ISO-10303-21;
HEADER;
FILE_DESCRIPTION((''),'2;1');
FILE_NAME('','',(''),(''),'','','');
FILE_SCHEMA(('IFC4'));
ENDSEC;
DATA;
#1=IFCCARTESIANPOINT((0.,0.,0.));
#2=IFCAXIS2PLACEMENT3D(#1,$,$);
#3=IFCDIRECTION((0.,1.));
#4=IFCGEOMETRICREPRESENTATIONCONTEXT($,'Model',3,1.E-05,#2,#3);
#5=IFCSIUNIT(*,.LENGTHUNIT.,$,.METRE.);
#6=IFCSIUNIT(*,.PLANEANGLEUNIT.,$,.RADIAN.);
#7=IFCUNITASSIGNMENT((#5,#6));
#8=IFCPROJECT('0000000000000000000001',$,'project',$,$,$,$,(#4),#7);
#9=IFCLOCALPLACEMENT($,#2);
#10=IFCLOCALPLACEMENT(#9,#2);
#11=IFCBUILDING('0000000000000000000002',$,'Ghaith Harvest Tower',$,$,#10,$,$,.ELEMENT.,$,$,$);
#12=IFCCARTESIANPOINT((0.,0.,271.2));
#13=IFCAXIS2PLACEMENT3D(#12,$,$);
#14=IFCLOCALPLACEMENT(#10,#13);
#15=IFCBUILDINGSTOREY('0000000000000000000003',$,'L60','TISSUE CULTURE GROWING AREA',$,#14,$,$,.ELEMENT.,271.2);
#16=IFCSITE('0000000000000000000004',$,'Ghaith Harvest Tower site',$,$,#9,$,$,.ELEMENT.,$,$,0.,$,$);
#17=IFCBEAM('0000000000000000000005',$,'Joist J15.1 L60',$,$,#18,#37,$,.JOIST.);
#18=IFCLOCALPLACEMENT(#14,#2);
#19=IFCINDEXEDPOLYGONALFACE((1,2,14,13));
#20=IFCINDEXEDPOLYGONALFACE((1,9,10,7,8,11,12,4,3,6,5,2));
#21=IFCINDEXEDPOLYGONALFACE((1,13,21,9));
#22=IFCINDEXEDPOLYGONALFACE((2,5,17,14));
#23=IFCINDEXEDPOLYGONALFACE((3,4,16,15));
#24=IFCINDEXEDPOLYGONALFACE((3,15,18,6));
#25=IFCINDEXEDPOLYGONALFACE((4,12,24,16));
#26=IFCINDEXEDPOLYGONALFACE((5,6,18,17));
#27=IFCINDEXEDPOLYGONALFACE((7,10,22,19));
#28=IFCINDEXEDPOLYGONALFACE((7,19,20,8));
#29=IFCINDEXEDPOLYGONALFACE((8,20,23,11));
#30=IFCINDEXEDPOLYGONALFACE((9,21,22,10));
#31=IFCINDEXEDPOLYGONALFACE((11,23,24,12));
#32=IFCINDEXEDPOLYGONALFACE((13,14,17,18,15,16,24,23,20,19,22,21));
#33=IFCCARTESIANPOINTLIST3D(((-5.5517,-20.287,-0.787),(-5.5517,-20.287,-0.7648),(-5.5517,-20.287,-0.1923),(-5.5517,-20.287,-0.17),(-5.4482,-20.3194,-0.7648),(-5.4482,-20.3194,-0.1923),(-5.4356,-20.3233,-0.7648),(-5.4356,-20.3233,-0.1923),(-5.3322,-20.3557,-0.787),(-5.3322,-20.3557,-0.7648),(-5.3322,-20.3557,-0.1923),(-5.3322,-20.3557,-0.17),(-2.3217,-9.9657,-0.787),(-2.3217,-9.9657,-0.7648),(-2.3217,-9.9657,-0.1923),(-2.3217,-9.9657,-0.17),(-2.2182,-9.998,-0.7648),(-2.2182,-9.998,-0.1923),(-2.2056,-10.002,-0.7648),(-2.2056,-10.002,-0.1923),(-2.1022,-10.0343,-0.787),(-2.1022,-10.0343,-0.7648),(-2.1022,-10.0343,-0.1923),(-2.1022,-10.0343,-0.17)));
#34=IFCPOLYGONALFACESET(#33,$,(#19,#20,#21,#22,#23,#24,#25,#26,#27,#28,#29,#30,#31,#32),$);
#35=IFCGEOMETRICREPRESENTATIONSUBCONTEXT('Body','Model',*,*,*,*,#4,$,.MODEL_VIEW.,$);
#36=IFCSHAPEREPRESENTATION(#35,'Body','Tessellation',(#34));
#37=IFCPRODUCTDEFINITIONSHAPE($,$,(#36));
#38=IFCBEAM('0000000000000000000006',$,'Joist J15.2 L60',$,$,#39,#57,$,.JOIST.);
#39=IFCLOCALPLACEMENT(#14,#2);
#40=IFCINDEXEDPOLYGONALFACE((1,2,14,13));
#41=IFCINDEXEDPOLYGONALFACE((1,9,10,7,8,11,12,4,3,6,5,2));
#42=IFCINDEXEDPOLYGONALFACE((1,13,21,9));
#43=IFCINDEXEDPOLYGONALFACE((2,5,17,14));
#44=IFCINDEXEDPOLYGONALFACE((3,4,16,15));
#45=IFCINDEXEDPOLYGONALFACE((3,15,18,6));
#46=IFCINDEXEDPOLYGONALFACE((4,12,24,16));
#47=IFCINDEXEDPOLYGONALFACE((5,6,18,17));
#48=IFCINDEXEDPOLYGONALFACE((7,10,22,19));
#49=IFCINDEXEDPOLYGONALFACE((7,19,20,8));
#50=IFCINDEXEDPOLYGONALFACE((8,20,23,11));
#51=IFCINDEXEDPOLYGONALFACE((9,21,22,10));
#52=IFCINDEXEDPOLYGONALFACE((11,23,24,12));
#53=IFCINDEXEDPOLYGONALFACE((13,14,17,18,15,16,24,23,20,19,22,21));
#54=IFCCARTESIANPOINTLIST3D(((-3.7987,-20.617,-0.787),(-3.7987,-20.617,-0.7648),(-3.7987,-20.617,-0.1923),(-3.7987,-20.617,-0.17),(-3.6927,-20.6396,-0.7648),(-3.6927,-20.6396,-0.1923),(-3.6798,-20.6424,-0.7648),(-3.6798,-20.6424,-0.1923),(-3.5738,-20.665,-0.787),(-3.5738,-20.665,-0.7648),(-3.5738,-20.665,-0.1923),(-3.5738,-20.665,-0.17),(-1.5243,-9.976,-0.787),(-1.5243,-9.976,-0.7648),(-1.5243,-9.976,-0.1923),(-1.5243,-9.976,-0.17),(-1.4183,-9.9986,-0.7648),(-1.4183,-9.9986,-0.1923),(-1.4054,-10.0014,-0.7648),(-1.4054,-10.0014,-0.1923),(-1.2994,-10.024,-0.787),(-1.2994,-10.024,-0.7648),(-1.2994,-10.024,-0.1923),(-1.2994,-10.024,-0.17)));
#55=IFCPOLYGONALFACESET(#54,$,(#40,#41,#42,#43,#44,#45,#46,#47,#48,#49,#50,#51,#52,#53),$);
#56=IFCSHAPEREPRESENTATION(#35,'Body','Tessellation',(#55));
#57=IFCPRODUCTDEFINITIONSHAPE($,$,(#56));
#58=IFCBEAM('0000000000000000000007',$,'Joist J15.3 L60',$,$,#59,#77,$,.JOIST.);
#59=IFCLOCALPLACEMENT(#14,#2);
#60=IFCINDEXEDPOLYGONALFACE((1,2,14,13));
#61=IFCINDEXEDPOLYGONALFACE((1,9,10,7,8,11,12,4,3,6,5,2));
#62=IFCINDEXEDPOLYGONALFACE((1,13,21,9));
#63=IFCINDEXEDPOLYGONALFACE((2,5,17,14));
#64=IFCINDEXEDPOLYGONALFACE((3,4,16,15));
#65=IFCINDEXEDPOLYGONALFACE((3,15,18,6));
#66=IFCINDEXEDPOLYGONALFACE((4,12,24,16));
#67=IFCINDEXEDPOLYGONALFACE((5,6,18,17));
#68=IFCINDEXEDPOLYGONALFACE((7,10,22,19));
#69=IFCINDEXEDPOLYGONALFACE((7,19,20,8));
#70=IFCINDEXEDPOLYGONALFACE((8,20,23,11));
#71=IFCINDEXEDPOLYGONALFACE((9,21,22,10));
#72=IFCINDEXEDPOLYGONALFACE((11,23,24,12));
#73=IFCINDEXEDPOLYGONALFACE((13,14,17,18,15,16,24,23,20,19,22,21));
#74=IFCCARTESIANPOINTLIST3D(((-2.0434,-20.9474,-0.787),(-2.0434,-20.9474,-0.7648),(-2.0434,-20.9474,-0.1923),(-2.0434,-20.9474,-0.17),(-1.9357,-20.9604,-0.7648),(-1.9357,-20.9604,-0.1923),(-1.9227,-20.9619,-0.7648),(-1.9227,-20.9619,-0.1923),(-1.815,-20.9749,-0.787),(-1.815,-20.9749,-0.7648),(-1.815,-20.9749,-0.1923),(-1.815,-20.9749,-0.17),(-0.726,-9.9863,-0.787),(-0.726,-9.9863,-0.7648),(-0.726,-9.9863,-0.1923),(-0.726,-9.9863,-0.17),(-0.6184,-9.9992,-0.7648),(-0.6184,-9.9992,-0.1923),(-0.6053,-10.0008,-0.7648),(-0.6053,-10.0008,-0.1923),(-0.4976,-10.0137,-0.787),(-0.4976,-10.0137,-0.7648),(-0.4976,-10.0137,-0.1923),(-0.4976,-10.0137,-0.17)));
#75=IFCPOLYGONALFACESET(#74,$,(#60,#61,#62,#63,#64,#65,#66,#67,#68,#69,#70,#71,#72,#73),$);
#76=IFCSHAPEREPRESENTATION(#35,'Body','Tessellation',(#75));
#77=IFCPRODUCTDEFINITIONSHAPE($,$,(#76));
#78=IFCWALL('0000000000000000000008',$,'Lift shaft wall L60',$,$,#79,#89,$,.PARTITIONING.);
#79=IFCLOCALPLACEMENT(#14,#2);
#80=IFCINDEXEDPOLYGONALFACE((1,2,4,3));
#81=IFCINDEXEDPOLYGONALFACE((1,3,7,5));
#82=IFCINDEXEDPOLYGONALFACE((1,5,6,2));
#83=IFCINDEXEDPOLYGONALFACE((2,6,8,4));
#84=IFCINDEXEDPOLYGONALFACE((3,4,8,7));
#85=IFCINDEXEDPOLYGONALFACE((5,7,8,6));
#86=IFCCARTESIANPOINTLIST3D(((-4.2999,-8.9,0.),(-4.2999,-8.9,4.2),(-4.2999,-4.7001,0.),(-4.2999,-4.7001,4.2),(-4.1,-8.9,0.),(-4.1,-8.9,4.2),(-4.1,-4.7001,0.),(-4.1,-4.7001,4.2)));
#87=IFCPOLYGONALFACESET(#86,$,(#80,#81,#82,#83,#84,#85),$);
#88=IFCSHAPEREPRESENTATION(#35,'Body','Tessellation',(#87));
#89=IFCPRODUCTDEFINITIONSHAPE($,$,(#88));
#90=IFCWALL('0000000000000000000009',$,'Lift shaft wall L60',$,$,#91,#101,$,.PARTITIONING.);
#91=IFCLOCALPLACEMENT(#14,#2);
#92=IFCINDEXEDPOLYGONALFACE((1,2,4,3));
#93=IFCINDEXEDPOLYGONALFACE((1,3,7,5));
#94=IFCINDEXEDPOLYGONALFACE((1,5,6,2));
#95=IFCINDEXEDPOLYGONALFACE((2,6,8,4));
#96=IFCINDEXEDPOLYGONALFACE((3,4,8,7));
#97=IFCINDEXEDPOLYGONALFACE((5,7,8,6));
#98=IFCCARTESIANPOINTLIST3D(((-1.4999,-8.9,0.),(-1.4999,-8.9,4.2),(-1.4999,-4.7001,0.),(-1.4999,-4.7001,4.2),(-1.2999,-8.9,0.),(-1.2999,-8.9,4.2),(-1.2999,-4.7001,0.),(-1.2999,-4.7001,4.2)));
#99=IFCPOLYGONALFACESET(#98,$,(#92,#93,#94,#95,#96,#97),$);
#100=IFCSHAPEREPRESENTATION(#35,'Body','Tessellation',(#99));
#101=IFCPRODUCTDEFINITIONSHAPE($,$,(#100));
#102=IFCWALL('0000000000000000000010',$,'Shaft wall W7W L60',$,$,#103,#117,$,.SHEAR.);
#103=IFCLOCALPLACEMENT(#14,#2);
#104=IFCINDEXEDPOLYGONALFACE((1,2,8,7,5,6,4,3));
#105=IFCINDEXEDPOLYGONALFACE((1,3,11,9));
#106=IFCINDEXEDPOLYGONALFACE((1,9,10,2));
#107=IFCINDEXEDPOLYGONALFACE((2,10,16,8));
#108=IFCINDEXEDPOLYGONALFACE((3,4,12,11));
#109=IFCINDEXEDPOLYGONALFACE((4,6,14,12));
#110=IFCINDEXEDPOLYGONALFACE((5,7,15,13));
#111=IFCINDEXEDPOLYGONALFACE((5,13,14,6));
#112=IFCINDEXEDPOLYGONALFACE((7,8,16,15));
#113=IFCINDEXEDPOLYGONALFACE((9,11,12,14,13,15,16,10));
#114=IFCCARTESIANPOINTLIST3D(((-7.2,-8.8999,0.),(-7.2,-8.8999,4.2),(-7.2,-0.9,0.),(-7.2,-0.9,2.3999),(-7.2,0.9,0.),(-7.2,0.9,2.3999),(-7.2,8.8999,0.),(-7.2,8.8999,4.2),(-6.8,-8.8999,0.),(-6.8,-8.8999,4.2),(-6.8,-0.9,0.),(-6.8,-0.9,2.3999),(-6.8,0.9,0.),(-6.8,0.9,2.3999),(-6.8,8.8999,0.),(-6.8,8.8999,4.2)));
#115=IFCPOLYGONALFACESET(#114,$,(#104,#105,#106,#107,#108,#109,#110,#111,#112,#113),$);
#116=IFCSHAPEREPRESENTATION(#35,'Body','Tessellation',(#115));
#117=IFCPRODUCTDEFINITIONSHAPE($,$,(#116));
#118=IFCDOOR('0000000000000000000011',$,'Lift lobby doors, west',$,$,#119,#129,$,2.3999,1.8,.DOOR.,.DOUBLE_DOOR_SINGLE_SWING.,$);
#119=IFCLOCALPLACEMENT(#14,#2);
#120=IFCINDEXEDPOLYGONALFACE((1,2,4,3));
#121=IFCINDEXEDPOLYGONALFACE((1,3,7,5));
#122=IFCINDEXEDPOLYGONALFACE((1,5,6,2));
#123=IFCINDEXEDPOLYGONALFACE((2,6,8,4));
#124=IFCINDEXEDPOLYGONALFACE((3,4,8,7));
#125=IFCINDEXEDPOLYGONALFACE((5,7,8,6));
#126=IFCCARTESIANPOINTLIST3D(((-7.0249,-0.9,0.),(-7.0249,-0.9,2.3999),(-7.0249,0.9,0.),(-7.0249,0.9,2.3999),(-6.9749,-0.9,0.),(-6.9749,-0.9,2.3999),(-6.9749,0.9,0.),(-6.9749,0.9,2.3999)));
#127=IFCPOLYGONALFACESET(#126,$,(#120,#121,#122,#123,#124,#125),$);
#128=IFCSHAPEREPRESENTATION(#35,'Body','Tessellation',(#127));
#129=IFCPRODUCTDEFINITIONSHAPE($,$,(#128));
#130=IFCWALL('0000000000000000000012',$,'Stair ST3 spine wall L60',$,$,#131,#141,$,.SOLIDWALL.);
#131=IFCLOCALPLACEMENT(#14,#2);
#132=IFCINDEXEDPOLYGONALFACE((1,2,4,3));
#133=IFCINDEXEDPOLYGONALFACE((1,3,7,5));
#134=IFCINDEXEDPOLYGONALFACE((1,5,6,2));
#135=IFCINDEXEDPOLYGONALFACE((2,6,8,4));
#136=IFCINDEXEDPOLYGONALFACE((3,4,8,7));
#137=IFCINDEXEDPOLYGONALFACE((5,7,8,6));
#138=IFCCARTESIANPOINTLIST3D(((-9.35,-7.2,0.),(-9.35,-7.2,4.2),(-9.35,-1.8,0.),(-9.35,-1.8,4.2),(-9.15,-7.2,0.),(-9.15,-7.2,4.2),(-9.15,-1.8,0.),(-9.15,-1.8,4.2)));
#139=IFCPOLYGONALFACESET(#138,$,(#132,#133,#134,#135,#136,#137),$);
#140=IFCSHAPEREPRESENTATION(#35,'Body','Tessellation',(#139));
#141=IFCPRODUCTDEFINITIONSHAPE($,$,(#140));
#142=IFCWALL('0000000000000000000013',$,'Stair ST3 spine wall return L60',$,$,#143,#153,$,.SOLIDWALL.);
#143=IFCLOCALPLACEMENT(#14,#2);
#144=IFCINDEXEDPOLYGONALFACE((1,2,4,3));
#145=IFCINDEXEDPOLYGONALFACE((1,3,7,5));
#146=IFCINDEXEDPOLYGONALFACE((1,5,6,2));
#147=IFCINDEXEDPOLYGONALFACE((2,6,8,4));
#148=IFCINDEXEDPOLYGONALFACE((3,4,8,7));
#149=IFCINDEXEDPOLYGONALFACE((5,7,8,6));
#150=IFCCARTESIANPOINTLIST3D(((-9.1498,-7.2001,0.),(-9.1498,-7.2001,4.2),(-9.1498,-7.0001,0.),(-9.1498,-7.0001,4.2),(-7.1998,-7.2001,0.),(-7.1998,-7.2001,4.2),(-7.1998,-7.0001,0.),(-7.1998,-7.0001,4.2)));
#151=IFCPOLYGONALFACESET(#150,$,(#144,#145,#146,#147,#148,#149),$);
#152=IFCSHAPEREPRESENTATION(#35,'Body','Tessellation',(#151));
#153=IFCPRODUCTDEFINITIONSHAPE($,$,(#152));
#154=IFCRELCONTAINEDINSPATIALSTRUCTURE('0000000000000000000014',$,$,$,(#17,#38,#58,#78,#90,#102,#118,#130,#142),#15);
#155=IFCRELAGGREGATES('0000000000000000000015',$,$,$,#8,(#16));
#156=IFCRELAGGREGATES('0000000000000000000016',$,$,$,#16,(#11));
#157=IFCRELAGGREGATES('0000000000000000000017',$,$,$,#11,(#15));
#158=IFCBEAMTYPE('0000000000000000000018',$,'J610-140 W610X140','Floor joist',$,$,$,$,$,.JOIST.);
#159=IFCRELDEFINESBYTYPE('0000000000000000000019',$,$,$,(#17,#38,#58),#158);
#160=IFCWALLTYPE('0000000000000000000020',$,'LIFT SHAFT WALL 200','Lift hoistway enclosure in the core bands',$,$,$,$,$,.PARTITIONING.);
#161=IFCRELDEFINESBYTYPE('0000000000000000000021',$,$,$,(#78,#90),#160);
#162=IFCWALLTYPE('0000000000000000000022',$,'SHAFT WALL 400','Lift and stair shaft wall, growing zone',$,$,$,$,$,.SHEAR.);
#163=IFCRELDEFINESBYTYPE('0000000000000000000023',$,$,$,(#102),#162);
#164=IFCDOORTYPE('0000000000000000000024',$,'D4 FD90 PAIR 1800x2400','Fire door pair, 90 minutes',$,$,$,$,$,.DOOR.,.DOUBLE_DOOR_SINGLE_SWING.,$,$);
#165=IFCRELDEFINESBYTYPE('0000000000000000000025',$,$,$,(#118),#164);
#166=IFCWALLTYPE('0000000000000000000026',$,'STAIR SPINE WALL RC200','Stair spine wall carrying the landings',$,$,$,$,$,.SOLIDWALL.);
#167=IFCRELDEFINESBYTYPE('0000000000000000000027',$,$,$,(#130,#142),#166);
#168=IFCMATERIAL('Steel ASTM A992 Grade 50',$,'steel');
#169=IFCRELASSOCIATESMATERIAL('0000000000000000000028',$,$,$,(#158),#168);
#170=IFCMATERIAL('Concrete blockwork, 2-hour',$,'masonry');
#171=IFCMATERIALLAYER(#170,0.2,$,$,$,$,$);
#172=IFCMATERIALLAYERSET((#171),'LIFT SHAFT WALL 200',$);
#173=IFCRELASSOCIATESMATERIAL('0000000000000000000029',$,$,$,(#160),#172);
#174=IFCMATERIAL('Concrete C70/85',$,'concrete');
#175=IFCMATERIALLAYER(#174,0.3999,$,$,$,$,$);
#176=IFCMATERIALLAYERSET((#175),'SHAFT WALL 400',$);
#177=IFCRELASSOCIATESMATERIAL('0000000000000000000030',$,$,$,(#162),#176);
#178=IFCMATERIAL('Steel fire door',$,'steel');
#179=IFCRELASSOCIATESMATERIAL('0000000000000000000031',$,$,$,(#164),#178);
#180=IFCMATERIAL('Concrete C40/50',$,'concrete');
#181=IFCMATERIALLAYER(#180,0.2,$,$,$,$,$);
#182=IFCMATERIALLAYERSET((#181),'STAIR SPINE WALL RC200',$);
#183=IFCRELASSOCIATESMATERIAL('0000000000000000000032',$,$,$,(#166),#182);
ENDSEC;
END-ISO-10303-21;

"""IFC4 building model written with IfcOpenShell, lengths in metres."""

from ifc_helpers import new_model, si_unit, direction, frame, frame_2d, origin, origin_2d, place, context, subcontext, project, spatial, rectangle, i_section, extrude, material, layer, layer_set, material_profile, profile_set, type_object, element, fill, save


model = new_model("IFC4")

# Units and contexts
model_context = context("Model", 3, precision=1e-05, world=origin(), true_north=direction((0.0, 1.0)))
body_context = subcontext(model_context, "Body", "Model", "MODEL_VIEW")
ifc_project = project(units=[si_unit("LENGTHUNIT", "METRE"), si_unit("PLANEANGLEUNIT", "RADIAN")], contexts=[model_context])

# Site, building, storey
site_placement = place(None, origin())
site = spatial("IfcSite", under=ifc_project, at=site_placement, Name="Ghaith Harvest Tower site", CompositionType="ELEMENT", RefElevation=0.0)
building_placement = place(site_placement, origin())
building = spatial("IfcBuilding", under=site, at=building_placement, Name="Ghaith Harvest Tower", CompositionType="ELEMENT")
storey_placement = place(building_placement, frame((0.0, 0.0, 271.2)))
storey = spatial("IfcBuildingStorey", under=building, at=storey_placement, Name="L60", Description="TISSUE CULTURE GROWING AREA", CompositionType="ELEMENT", Elevation=271.2)

# Beams
ifc_material_1 = material(Name="Steel ASTM A992 Grade 50", Category="steel")
ifc_material_profile = material_profile(ifc_material_1, i_section(OverallWidth=0.23, OverallDepth=0.6169, WebThickness=0.0132, FlangeThickness=0.0222, at=origin_2d()), Name="W610X140")
ifc_profile_set = profile_set([ifc_material_profile], Name="Steel ASTM A992 Grade 50")
beam_type = type_object("IfcBeamType", Name="J610-140 W610X140", Description="Floor joist", PredefinedType="JOIST", material=ifc_profile_set)
beam_1_placement = place(storey_placement, frame((-2.2119, -10.0, -0.4785), z_axis=(-0.298661, -0.954359, 0.0), x_axis=(0.954359, -0.298661, 0.0)))
element("IfcBeam", 1, at=beam_1_placement, inside=storey, type_object=beam_type, Name="Joist J15.1 L60", PredefinedType="JOIST", context=body_context, shape_type="SweptSolid", body=[
    extrude(i_section(OverallWidth=0.23, OverallDepth=0.6169, WebThickness=0.0132, FlangeThickness=0.0222, at=origin_2d()), origin(), (0.0, 0.0, 1.0), 10.8149),
])
beam_2_placement = place(storey_placement, frame((-1.4119, -10.0, -0.4785), z_axis=(-0.209017, -0.977912, 0.0), x_axis=(0.977912, -0.209017, 0.0)))
element("IfcBeam", 2, at=beam_2_placement, inside=storey, type_object=beam_type, Name="Joist J15.2 L60", PredefinedType="JOIST", context=body_context, shape_type="SweptSolid", body=[
    extrude(i_section(OverallWidth=0.23, OverallDepth=0.6169, WebThickness=0.0132, FlangeThickness=0.0222, at=origin_2d()), origin(), (0.0, 0.0, 1.0), 10.8813),
])
beam_3_placement = place(storey_placement, frame((-0.6118, -10.0, -0.4785), z_axis=(-0.119327, -0.992855, 0.0), x_axis=(0.992855, -0.119327, 0.0)))
element("IfcBeam", 3, at=beam_3_placement, inside=storey, type_object=beam_type, Name="Joist J15.3 L60", PredefinedType="JOIST", context=body_context, shape_type="SweptSolid", body=[
    extrude(i_section(OverallWidth=0.23, OverallDepth=0.6169, WebThickness=0.0132, FlangeThickness=0.0222, at=origin_2d()), origin(), (0.0, 0.0, 1.0), 11.04),
])

# Walls
ifc_material_2 = material(Name="Concrete blockwork, 2-hour", Category="masonry")
ifc_layer_1 = layer(ifc_material_2, 0.2)
ifc_layer_set_1 = layer_set([ifc_layer_1], Name="LIFT SHAFT WALL 200")
wall_type_1 = type_object("IfcWallType", Name="LIFT SHAFT WALL 200", Description="Lift hoistway enclosure in the core bands", PredefinedType="PARTITIONING", material=ifc_layer_set_1)
for number, where, z_axis, x_axis, name in (
    (4, (-4.2, -4.7, 0.0), (0.0, 0.0, 1.0), (0.0, -1.0, 0.0), "Lift shaft wall L60"),
    (5, (-1.3999, -4.7, 0.0), (0.0, 0.0, 1.0), (0.0, -1.0, 0.0), "Lift shaft wall L60"),
):
    element("IfcWall", number, at=place(storey_placement, frame(where, z_axis=z_axis, x_axis=x_axis)), inside=storey, type_object=wall_type_1, Name=name, PredefinedType="PARTITIONING", context=body_context, shape_type="SweptSolid", body=[
        extrude(rectangle(XDim=4.2, YDim=0.2, at=frame_2d((2.1001, 0.0))), origin(), (0.0, 0.0, 1.0), 4.2),
    ])

# Wall, opening, door
ifc_material_3 = material(Name="Concrete C70/85", Category="concrete")
ifc_layer_2 = layer(ifc_material_3, 0.3999)
ifc_layer_set_2 = layer_set([ifc_layer_2], Name="SHAFT WALL 400")
wall_type_2 = type_object("IfcWallType", Name="SHAFT WALL 400", Description="Lift and stair shaft wall, growing zone", PredefinedType="SHEAR", material=ifc_layer_set_2)
wall_1_placement = place(storey_placement, frame((-7.0, -8.8999, 0.0), z_axis=(0.0, 0.0, 1.0), x_axis=(0.0, 1.0, 0.0)))
wall_1 = element("IfcWall", 6, at=wall_1_placement, inside=storey, type_object=wall_type_2, Name="Shaft wall W7W L60", PredefinedType="SHEAR", context=body_context, shape_type="SweptSolid", body=[
    extrude(rectangle(XDim=17.7998, YDim=0.3999, at=frame_2d((8.8999, 0.0))), origin(), (0.0, 0.0, 1.0), 4.2),
])
opening_1_placement = place(wall_1_placement, frame((8.0, 0.0, 0.0)))
opening_1 = element("IfcOpeningElement", 7, at=opening_1_placement, cuts=wall_1, PredefinedType="OPENING", context=body_context, shape_type="SweptSolid", body=[
    extrude(rectangle(XDim=1.8, YDim=2.3999, at=frame_2d((0.8999, 1.2))), frame((0.0, 0.21, 0.0), z_axis=(0.0, -1.0, 0.0), x_axis=(1.0, 0.0, 0.0)), (0.0, 0.0, 1.0), 0.4199),
])
ifc_material_4 = material(Name="Steel fire door", Category="steel")
door_type_1 = type_object("IfcDoorType", Name="D4 FD90 PAIR 1800x2400", Description="Fire door pair, 90 minutes", OperationType="DOUBLE_DOOR_SINGLE_SWING", PredefinedType="DOOR", material=ifc_material_4)
door_1_placement = place(opening_1_placement, origin())
door_1 = element("IfcDoor", 8, at=door_1_placement, inside=storey, type_object=door_type_1, Name="Lift lobby doors, west", OperationType="DOUBLE_DOOR_SINGLE_SWING", OverallHeight=2.3999, OverallWidth=1.8, PredefinedType="DOOR", context=body_context, shape_type="SweptSolid", body=[
    extrude(rectangle(XDim=1.8, YDim=2.3999, at=frame_2d((0.8999, 1.2))), frame((0.0, 0.0249, 0.0), z_axis=(0.0, -1.0, 0.0), x_axis=(1.0, 0.0, 0.0)), (0.0, 0.0, 1.0), 0.05),
])
fill(opening_1, door_1)

# Walls
ifc_material_5 = material(Name="Concrete C40/50", Category="concrete")
ifc_layer_3 = layer(ifc_material_5, 0.2)
ifc_layer_set_3 = layer_set([ifc_layer_3], Name="STAIR SPINE WALL RC200")
wall_type_3 = type_object("IfcWallType", Name="STAIR SPINE WALL RC200", Description="Stair spine wall carrying the landings", PredefinedType="SOLIDWALL", material=ifc_layer_set_3)
wall_2_placement = place(storey_placement, frame((-9.25, -7.2, 0.0), z_axis=(0.0, 0.0, 1.0), x_axis=(0.0, 1.0, 0.0)))
element("IfcWall", 9, at=wall_2_placement, inside=storey, type_object=wall_type_3, Name="Stair ST3 spine wall L60", PredefinedType="SOLIDWALL", context=body_context, shape_type="SweptSolid", body=[
    extrude(rectangle(XDim=5.3999, YDim=0.2, at=frame_2d((2.7, 0.0))), origin(), (0.0, 0.0, 1.0), 4.2),
])
wall_3_placement = place(storey_placement, frame((-9.1499, -7.1001, 0.0), z_axis=(0.0, 0.0, 1.0), x_axis=(1.0, 0.0, 0.0)))
element("IfcWall", 10, at=wall_3_placement, inside=storey, type_object=wall_type_3, Name="Stair ST3 spine wall return L60", PredefinedType="SOLIDWALL", context=body_context, shape_type="SweptSolid", body=[
    extrude(rectangle(XDim=1.95, YDim=0.2, at=frame_2d((0.9751, 0.0))), origin(), (0.0, 0.0, 1.0), 4.2),
])

save(model, "model.ifc")
